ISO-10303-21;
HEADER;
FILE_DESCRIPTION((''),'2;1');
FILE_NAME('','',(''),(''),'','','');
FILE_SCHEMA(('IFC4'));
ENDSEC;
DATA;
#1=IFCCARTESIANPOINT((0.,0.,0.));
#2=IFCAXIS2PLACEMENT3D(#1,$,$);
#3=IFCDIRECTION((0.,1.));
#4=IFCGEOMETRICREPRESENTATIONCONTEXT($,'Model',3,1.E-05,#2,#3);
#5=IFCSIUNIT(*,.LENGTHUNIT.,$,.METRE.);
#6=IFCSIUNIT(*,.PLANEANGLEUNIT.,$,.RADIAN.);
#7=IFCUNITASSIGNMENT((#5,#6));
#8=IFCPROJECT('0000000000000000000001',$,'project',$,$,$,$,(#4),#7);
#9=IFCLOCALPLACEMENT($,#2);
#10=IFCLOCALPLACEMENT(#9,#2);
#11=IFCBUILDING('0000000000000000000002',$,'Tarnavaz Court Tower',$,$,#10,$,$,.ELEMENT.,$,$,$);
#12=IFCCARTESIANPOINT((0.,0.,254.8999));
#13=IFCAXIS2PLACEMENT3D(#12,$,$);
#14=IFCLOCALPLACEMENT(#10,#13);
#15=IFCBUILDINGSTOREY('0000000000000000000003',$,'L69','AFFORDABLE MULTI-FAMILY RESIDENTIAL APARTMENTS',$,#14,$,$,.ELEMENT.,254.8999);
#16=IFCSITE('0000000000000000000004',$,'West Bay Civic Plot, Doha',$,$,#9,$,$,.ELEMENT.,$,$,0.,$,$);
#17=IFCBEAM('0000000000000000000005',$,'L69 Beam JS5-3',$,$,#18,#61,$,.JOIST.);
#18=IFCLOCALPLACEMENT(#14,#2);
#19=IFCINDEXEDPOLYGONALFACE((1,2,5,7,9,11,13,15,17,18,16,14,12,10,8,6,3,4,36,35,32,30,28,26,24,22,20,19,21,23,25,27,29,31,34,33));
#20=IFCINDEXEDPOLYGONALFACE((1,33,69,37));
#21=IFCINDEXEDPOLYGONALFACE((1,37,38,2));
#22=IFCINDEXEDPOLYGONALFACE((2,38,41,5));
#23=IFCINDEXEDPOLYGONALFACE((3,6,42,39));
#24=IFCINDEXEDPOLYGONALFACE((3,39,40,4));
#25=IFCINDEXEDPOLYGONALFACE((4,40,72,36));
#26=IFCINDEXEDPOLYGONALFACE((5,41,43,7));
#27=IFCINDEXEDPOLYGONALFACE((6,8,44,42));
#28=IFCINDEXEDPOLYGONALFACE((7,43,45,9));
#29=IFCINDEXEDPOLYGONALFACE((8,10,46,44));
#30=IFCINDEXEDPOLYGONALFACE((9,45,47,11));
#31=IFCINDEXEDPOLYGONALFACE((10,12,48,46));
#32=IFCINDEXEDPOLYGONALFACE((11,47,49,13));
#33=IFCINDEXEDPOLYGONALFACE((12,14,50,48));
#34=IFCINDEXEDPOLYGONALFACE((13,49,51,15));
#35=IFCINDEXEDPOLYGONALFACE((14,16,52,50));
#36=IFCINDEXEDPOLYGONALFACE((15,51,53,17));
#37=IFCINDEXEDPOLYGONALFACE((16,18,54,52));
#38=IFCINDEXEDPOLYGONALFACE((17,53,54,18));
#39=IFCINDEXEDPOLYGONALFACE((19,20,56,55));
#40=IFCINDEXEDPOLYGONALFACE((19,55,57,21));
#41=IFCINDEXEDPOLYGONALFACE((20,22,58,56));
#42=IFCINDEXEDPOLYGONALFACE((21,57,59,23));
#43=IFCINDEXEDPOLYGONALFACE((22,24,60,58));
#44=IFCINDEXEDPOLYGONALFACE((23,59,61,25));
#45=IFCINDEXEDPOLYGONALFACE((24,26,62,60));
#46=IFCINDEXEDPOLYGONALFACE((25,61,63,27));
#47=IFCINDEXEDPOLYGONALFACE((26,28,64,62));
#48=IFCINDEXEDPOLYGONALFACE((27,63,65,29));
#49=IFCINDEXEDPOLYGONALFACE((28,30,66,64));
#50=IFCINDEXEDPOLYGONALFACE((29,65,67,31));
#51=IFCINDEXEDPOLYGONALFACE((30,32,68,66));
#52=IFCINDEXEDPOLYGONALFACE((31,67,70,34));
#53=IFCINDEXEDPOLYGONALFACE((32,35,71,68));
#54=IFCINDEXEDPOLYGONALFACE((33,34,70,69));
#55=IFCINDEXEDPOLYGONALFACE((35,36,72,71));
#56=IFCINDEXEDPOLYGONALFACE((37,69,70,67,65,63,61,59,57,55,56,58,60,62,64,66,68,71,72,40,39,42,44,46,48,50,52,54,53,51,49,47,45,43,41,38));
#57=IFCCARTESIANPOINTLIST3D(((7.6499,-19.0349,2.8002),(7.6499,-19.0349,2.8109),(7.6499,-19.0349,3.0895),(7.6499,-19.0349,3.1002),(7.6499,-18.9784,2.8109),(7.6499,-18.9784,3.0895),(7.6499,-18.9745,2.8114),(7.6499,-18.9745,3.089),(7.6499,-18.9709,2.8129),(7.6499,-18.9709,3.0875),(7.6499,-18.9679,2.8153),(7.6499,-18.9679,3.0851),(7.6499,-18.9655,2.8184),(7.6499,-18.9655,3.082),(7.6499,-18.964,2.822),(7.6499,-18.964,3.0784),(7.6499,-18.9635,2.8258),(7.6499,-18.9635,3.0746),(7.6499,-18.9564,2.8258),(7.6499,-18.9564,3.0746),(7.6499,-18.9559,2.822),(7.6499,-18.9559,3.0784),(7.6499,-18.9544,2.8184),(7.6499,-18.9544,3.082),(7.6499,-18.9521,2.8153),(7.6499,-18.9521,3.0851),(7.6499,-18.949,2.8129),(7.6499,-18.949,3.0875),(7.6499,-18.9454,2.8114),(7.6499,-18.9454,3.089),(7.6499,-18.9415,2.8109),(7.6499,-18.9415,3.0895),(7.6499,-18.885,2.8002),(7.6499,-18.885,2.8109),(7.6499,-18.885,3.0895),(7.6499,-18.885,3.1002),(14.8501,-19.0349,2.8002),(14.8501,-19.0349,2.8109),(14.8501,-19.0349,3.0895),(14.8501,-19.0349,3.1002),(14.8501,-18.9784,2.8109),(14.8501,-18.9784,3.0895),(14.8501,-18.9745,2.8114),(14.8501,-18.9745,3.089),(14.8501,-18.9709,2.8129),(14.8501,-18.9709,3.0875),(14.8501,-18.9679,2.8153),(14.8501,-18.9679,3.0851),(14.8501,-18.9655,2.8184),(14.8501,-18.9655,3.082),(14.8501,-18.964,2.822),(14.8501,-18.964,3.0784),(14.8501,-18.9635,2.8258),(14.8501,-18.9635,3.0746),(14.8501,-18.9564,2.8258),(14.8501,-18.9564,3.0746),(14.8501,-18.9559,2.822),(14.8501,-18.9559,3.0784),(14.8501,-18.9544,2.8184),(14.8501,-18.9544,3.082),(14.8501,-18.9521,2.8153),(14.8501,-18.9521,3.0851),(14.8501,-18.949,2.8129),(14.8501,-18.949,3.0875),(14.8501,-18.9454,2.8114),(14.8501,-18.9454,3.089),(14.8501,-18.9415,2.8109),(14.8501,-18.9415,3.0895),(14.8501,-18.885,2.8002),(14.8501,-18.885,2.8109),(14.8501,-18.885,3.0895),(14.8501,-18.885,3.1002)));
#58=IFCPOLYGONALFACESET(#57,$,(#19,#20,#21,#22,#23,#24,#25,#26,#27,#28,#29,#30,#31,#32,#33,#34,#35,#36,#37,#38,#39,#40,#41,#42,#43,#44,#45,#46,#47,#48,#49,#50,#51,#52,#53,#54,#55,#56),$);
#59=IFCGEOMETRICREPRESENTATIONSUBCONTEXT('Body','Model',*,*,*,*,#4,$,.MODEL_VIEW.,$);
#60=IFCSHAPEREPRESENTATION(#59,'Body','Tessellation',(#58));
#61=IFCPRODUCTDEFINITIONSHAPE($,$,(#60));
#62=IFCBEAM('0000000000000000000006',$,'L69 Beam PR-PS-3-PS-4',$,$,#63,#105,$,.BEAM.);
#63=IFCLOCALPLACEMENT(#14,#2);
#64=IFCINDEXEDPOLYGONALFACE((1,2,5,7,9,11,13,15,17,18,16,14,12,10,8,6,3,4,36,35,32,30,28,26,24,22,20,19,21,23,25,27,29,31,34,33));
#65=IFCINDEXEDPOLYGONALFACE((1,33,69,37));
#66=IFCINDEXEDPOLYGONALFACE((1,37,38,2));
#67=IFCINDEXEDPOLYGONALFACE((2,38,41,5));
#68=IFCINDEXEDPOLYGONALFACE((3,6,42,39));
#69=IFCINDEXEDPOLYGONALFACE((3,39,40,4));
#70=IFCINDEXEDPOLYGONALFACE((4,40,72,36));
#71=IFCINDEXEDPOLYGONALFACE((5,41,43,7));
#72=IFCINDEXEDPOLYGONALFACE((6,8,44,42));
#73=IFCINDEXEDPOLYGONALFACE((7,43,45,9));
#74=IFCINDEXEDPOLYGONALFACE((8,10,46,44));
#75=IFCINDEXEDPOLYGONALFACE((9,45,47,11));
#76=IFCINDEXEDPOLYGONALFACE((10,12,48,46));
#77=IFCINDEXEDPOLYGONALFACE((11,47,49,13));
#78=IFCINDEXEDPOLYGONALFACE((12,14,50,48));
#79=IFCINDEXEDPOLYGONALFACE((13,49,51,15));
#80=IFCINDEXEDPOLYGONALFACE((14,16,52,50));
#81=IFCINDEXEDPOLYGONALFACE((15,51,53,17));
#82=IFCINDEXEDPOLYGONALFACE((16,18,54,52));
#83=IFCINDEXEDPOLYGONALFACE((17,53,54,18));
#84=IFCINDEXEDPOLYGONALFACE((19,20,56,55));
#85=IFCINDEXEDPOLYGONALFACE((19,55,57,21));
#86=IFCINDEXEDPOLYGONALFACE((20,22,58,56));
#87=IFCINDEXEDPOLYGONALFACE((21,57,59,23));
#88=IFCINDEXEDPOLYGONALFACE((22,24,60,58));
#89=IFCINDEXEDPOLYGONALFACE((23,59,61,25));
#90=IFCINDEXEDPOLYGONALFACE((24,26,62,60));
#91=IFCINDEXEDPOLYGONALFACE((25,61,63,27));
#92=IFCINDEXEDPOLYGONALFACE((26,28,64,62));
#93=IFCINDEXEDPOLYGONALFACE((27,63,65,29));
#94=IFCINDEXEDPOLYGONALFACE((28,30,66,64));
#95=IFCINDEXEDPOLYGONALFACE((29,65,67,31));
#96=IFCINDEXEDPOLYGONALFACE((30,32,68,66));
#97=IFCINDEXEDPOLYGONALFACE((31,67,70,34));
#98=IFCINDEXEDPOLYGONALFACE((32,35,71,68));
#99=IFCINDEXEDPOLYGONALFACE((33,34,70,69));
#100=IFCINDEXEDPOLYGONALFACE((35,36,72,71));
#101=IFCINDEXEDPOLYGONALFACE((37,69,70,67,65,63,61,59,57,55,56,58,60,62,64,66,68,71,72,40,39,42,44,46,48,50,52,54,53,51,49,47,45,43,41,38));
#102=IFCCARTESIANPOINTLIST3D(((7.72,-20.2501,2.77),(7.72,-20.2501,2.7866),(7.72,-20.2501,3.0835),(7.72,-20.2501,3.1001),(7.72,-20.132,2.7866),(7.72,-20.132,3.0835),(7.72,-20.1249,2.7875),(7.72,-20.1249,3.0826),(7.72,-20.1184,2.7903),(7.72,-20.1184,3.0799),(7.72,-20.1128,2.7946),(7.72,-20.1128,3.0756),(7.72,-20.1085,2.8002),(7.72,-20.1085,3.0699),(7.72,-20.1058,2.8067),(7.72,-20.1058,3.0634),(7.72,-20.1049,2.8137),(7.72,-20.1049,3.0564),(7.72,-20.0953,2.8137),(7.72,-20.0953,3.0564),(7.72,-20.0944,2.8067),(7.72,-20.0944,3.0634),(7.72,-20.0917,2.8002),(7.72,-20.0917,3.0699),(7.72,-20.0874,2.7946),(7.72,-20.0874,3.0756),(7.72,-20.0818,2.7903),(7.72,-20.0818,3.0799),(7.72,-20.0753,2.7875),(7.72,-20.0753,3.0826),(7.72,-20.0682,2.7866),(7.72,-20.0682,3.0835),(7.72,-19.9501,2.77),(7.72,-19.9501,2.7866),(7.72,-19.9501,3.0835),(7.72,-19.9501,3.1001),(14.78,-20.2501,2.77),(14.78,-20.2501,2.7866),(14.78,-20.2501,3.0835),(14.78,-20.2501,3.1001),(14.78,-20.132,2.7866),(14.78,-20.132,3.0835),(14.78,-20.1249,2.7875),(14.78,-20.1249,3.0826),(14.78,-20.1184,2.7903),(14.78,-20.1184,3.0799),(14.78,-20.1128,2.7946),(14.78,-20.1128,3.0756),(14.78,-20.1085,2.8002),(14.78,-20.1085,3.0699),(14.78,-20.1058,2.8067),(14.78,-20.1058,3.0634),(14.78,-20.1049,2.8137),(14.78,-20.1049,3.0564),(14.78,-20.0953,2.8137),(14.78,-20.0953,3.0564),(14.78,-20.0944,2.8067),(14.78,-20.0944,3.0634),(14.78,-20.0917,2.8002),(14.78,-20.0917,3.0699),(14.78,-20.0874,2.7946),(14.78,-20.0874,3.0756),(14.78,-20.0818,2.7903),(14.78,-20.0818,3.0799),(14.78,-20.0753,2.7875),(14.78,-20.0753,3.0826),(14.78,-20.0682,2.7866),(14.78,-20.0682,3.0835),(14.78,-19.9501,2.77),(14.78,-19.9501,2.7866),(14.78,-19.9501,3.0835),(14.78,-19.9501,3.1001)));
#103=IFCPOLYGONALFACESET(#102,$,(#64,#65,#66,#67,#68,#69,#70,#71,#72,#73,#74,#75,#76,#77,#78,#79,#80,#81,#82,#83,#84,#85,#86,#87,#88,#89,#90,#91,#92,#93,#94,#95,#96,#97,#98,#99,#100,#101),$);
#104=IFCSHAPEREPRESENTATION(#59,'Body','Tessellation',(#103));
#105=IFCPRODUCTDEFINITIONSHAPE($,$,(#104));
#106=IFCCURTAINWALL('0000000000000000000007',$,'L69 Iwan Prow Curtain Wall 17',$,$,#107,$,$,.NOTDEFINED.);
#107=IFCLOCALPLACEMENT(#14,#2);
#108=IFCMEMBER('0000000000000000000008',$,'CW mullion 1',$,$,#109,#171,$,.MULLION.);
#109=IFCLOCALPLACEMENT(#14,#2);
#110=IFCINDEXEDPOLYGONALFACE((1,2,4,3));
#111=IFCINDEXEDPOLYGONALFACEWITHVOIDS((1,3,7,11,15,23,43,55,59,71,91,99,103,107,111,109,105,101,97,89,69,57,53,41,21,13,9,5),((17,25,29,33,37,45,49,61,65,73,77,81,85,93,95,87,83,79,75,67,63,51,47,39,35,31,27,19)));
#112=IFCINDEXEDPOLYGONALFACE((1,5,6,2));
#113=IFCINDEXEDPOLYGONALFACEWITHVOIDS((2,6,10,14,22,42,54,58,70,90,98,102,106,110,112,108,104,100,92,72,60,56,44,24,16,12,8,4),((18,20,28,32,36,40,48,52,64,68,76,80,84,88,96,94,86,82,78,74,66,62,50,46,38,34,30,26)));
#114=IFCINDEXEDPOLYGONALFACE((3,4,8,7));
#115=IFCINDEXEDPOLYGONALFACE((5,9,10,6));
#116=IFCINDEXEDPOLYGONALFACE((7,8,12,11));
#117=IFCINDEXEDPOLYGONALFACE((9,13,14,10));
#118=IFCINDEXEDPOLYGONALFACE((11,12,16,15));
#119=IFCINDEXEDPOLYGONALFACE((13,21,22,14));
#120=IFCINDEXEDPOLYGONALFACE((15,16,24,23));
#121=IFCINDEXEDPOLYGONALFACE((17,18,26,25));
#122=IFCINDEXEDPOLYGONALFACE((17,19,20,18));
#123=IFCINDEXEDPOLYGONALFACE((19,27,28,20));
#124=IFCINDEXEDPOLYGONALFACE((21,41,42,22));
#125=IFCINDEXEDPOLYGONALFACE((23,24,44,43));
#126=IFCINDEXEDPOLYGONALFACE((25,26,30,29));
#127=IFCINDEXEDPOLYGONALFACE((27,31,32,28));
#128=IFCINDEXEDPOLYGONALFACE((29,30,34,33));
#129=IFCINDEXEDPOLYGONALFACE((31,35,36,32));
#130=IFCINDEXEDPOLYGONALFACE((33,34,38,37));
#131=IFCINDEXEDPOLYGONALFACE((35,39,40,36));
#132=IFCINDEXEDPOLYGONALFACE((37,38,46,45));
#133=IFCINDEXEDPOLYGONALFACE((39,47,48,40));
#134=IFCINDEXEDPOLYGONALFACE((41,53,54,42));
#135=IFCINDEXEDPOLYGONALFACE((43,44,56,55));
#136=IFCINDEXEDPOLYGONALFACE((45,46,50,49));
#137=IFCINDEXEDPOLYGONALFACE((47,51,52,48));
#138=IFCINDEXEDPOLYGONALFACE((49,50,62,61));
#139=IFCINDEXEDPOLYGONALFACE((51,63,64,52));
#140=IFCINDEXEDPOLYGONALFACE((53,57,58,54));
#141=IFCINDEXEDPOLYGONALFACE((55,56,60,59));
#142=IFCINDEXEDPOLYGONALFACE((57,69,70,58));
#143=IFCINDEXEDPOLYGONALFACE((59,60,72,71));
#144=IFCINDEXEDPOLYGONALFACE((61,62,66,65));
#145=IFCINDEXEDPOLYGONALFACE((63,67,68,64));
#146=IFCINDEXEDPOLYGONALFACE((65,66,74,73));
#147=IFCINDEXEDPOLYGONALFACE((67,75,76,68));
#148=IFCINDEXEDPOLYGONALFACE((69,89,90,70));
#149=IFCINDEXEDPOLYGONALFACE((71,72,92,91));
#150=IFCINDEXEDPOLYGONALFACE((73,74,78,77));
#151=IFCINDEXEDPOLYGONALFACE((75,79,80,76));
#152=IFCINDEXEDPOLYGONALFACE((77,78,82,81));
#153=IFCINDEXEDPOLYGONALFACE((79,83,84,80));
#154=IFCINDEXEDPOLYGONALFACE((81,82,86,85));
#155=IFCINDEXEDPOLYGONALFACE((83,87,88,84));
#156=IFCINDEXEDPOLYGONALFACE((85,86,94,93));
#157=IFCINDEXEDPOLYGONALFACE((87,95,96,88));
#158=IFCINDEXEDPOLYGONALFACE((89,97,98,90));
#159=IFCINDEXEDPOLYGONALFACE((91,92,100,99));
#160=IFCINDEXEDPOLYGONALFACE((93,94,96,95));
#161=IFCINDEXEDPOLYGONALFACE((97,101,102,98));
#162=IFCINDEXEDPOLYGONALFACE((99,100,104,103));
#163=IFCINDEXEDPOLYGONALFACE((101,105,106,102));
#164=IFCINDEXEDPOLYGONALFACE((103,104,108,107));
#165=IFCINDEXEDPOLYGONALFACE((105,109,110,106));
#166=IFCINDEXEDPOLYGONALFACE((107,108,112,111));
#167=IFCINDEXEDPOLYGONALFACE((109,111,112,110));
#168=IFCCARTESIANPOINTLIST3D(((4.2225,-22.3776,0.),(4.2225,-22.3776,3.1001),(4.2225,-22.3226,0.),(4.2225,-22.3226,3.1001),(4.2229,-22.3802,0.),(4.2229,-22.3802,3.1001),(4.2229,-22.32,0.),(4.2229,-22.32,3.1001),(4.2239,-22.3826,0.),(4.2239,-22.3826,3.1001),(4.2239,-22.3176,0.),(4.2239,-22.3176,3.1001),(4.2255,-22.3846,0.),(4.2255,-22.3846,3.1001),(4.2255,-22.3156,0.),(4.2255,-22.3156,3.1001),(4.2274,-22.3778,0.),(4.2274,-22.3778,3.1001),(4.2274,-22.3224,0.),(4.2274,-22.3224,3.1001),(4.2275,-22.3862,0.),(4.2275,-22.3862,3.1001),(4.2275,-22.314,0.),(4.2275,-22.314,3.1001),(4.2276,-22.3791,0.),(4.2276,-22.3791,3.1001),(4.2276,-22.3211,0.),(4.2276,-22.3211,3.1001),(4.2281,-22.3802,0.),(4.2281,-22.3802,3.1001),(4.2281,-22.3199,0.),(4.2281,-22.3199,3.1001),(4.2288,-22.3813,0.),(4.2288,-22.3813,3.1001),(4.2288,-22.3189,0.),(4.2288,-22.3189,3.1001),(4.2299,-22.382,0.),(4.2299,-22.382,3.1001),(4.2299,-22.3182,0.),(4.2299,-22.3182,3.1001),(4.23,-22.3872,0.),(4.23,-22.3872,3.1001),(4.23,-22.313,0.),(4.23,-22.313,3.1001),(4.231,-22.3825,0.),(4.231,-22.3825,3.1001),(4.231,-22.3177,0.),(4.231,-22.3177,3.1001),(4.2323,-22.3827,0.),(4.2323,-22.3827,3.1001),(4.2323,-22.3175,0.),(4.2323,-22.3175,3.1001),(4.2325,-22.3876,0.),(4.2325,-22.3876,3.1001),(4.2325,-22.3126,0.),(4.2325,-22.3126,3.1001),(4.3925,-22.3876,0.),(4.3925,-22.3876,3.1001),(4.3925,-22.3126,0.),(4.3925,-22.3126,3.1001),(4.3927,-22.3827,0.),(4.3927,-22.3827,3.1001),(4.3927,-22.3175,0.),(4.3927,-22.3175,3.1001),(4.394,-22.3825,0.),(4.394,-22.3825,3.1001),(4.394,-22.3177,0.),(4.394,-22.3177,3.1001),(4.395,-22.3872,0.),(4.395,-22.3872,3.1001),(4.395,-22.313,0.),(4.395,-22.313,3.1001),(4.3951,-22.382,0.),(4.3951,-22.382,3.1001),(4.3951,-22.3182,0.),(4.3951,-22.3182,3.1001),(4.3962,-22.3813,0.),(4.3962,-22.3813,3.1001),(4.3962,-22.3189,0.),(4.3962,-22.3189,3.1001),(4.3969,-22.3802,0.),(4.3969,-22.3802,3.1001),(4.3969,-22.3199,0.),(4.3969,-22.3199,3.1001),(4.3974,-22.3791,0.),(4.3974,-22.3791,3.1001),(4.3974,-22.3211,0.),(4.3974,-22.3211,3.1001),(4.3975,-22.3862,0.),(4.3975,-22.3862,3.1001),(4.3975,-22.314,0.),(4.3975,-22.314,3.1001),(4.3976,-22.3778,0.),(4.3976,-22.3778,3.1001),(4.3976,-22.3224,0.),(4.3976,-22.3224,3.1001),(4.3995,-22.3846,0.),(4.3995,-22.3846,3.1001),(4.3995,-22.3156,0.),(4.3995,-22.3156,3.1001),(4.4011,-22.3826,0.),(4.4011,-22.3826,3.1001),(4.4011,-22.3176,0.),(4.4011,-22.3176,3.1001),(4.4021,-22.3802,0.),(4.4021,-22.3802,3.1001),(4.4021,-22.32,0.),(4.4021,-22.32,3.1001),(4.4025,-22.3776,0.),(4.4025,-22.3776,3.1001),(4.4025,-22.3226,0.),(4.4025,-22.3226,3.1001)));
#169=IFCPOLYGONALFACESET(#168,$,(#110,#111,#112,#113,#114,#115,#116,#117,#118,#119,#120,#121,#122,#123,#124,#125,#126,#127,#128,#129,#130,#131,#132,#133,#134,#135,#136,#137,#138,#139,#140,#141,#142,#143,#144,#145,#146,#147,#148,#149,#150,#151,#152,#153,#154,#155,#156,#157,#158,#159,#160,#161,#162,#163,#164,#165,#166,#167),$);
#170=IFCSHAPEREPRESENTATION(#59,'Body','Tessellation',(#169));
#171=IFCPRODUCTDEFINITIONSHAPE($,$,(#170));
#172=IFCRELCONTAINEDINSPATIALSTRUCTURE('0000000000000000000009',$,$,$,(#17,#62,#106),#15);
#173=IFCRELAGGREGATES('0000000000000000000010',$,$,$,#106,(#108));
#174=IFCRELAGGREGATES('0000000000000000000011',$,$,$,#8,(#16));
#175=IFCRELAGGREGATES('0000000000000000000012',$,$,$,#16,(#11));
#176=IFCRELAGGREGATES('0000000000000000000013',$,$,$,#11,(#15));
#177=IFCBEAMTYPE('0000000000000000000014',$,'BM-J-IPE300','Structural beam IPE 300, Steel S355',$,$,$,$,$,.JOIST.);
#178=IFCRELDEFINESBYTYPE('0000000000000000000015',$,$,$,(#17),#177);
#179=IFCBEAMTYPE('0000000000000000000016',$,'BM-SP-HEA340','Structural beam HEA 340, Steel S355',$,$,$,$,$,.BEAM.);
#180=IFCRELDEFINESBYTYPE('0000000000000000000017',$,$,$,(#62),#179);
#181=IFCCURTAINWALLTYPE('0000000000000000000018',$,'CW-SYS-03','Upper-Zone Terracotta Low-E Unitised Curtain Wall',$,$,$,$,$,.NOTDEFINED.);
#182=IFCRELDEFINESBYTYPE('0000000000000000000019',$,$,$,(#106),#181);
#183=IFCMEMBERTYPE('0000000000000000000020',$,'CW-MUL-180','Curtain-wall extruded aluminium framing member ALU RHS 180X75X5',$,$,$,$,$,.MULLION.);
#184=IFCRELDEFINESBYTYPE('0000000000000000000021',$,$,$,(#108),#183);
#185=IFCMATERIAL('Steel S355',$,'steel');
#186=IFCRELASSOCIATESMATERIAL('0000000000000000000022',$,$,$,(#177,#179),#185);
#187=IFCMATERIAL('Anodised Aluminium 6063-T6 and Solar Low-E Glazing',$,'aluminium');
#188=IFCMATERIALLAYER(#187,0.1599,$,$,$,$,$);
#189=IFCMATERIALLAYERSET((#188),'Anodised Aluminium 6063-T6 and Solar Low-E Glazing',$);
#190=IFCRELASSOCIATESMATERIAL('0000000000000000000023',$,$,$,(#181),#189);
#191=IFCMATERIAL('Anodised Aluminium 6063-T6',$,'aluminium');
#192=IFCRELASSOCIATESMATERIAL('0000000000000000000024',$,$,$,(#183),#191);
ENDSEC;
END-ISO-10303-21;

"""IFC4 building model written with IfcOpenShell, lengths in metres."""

from ifc_helpers import new_model, si_unit, direction, frame, origin, origin_2d, place, context, subcontext, project, spatial, hollow_rectangle, i_section, extrude, material, layer, layer_set, material_profile, profile_set, type_object, element, aggregate, save


model = new_model("IFC4")

# Units and contexts
model_context = context("Model", 3, precision=1e-05, world=origin(), true_north=direction((0.0, 1.0)))
body_context = subcontext(model_context, "Body", "Model", "MODEL_VIEW")
ifc_project = project(units=[si_unit("LENGTHUNIT", "METRE"), si_unit("PLANEANGLEUNIT", "RADIAN")], contexts=[model_context])

# Site, building, storey
site_placement = place(None, origin())
site = spatial("IfcSite", under=ifc_project, at=site_placement, Name="West Bay Civic Plot, Doha", CompositionType="ELEMENT", RefElevation=0.0)
building_placement = place(site_placement, origin())
building = spatial("IfcBuilding", under=site, at=building_placement, Name="Tarnavaz Court Tower", CompositionType="ELEMENT")
storey_placement = place(building_placement, frame((0.0, 0.0, 254.8999)))
storey = spatial("IfcBuildingStorey", under=building, at=storey_placement, Name="L69", Description="AFFORDABLE MULTI-FAMILY RESIDENTIAL APARTMENTS", CompositionType="ELEMENT", Elevation=254.8999)

# Beams
ifc_material_1 = material(Name="Steel S355", Category="steel")
ifc_material_profile_1 = material_profile(ifc_material_1, i_section(OverallWidth=0.1499, OverallDepth=0.3, WebThickness=0.0071, FlangeThickness=0.0107, FilletRadius=0.0149, at=origin_2d()), Name="IPE 300")
ifc_profile_set_1 = profile_set([ifc_material_profile_1], Name="Steel S355")
beam_type_1 = type_object("IfcBeamType", Name="BM-J-IPE300", Description="Structural beam IPE 300, Steel S355", PredefinedType="JOIST", material=ifc_profile_set_1)
for number, where, z_axis, x_axis, name in (
    (1, (7.6499, -18.96, 2.9502), (1.0, 0.0, 0.0), (0.0, 1.0, 0.0), "L69 Beam JS5-3"),
):
    element("IfcBeam", number, at=place(storey_placement, frame(where, z_axis=z_axis, x_axis=x_axis)), inside=storey, type_object=beam_type_1, Name=name, PredefinedType="JOIST", context=body_context, shape_type="SweptSolid", body=[
        extrude(i_section(OverallWidth=0.1499, OverallDepth=0.3, WebThickness=0.0071, FlangeThickness=0.0107, FilletRadius=0.0149, at=origin_2d()), origin(), (0.0, 0.0, 1.0), 7.2002),
    ])
ifc_material_profile_2 = material_profile(ifc_material_1, i_section(OverallWidth=0.3, OverallDepth=0.3301, WebThickness=0.0095, FlangeThickness=0.0166, FilletRadius=0.0271, at=origin_2d()), Name="HEA 340")
ifc_profile_set_2 = profile_set([ifc_material_profile_2], Name="Steel S355")
beam_type_2 = type_object("IfcBeamType", Name="BM-SP-HEA340", Description="Structural beam HEA 340, Steel S355", PredefinedType="BEAM", material=ifc_profile_set_2)
beam_placement = place(storey_placement, frame((7.72, -20.1001, 2.9351), z_axis=(1.0, 0.0, 0.0), x_axis=(0.0, 1.0, 0.0)))
element("IfcBeam", 2, at=beam_placement, inside=storey, type_object=beam_type_2, Name="L69 Beam PR-PS-3-PS-4", PredefinedType="BEAM", context=body_context, shape_type="SweptSolid", body=[
    extrude(i_section(OverallWidth=0.3, OverallDepth=0.3301, WebThickness=0.0095, FlangeThickness=0.0166, FilletRadius=0.0271, at=origin_2d()), origin(), (0.0, 0.0, 1.0), 7.0601),
])

# Curtain wall, member
ifc_material_2 = material(Name="Anodised Aluminium 6063-T6 and Solar Low-E Glazing", Category="aluminium")
ifc_layer_1 = layer(ifc_material_2, 0.1599)
ifc_layer_set_1 = layer_set([ifc_layer_1], Name="Anodised Aluminium 6063-T6 and Solar Low-E Glazing")
curtain_wall_type = type_object("IfcCurtainWallType", Name="CW-SYS-03", Description="Upper-Zone Terracotta Low-E Unitised Curtain Wall", PredefinedType="NOTDEFINED", material=ifc_layer_set_1)
curtain_wall_placement = place(storey_placement, origin())
curtain_wall = element("IfcCurtainWall", 3, at=curtain_wall_placement, inside=storey, type_object=curtain_wall_type, Name="L69 Iwan Prow Curtain Wall 17", PredefinedType="NOTDEFINED")
ifc_material_3 = material(Name="Anodised Aluminium 6063-T6", Category="aluminium")
ifc_material_profile_3 = material_profile(ifc_material_3, hollow_rectangle(XDim=0.075, YDim=0.1799, WallThickness=0.0049, InnerFilletRadius=0.0049, OuterFilletRadius=0.01, at=origin_2d()), Name="ALU RHS 180X75X5")
ifc_profile_set_3 = profile_set([ifc_material_profile_3], Name="Anodised Aluminium 6063-T6")
member_type_1 = type_object("IfcMemberType", Name="CW-MUL-180", Description="Curtain-wall extruded aluminium framing member ALU RHS 180X75X5", PredefinedType="MULLION", material=ifc_profile_set_3)
member_1_placement = place(storey_placement, frame((4.3125, -22.3501, 0.0), z_axis=(0.0, 0.0, 1.0), x_axis=(0.0, -1.0, 0.0)))
member_1 = element("IfcMember", 4, at=member_1_placement, type_object=member_type_1, Name="CW mullion 1", PredefinedType="MULLION", context=body_context, shape_type="SweptSolid", body=[
    extrude(hollow_rectangle(XDim=0.075, YDim=0.1799, WallThickness=0.0049, InnerFilletRadius=0.0049, OuterFilletRadius=0.01, at=origin_2d()), origin(), (0.0, 0.0, 1.0), 3.1001),
])
aggregate(curtain_wall, [member_1])

save(model, "model.ifc")
